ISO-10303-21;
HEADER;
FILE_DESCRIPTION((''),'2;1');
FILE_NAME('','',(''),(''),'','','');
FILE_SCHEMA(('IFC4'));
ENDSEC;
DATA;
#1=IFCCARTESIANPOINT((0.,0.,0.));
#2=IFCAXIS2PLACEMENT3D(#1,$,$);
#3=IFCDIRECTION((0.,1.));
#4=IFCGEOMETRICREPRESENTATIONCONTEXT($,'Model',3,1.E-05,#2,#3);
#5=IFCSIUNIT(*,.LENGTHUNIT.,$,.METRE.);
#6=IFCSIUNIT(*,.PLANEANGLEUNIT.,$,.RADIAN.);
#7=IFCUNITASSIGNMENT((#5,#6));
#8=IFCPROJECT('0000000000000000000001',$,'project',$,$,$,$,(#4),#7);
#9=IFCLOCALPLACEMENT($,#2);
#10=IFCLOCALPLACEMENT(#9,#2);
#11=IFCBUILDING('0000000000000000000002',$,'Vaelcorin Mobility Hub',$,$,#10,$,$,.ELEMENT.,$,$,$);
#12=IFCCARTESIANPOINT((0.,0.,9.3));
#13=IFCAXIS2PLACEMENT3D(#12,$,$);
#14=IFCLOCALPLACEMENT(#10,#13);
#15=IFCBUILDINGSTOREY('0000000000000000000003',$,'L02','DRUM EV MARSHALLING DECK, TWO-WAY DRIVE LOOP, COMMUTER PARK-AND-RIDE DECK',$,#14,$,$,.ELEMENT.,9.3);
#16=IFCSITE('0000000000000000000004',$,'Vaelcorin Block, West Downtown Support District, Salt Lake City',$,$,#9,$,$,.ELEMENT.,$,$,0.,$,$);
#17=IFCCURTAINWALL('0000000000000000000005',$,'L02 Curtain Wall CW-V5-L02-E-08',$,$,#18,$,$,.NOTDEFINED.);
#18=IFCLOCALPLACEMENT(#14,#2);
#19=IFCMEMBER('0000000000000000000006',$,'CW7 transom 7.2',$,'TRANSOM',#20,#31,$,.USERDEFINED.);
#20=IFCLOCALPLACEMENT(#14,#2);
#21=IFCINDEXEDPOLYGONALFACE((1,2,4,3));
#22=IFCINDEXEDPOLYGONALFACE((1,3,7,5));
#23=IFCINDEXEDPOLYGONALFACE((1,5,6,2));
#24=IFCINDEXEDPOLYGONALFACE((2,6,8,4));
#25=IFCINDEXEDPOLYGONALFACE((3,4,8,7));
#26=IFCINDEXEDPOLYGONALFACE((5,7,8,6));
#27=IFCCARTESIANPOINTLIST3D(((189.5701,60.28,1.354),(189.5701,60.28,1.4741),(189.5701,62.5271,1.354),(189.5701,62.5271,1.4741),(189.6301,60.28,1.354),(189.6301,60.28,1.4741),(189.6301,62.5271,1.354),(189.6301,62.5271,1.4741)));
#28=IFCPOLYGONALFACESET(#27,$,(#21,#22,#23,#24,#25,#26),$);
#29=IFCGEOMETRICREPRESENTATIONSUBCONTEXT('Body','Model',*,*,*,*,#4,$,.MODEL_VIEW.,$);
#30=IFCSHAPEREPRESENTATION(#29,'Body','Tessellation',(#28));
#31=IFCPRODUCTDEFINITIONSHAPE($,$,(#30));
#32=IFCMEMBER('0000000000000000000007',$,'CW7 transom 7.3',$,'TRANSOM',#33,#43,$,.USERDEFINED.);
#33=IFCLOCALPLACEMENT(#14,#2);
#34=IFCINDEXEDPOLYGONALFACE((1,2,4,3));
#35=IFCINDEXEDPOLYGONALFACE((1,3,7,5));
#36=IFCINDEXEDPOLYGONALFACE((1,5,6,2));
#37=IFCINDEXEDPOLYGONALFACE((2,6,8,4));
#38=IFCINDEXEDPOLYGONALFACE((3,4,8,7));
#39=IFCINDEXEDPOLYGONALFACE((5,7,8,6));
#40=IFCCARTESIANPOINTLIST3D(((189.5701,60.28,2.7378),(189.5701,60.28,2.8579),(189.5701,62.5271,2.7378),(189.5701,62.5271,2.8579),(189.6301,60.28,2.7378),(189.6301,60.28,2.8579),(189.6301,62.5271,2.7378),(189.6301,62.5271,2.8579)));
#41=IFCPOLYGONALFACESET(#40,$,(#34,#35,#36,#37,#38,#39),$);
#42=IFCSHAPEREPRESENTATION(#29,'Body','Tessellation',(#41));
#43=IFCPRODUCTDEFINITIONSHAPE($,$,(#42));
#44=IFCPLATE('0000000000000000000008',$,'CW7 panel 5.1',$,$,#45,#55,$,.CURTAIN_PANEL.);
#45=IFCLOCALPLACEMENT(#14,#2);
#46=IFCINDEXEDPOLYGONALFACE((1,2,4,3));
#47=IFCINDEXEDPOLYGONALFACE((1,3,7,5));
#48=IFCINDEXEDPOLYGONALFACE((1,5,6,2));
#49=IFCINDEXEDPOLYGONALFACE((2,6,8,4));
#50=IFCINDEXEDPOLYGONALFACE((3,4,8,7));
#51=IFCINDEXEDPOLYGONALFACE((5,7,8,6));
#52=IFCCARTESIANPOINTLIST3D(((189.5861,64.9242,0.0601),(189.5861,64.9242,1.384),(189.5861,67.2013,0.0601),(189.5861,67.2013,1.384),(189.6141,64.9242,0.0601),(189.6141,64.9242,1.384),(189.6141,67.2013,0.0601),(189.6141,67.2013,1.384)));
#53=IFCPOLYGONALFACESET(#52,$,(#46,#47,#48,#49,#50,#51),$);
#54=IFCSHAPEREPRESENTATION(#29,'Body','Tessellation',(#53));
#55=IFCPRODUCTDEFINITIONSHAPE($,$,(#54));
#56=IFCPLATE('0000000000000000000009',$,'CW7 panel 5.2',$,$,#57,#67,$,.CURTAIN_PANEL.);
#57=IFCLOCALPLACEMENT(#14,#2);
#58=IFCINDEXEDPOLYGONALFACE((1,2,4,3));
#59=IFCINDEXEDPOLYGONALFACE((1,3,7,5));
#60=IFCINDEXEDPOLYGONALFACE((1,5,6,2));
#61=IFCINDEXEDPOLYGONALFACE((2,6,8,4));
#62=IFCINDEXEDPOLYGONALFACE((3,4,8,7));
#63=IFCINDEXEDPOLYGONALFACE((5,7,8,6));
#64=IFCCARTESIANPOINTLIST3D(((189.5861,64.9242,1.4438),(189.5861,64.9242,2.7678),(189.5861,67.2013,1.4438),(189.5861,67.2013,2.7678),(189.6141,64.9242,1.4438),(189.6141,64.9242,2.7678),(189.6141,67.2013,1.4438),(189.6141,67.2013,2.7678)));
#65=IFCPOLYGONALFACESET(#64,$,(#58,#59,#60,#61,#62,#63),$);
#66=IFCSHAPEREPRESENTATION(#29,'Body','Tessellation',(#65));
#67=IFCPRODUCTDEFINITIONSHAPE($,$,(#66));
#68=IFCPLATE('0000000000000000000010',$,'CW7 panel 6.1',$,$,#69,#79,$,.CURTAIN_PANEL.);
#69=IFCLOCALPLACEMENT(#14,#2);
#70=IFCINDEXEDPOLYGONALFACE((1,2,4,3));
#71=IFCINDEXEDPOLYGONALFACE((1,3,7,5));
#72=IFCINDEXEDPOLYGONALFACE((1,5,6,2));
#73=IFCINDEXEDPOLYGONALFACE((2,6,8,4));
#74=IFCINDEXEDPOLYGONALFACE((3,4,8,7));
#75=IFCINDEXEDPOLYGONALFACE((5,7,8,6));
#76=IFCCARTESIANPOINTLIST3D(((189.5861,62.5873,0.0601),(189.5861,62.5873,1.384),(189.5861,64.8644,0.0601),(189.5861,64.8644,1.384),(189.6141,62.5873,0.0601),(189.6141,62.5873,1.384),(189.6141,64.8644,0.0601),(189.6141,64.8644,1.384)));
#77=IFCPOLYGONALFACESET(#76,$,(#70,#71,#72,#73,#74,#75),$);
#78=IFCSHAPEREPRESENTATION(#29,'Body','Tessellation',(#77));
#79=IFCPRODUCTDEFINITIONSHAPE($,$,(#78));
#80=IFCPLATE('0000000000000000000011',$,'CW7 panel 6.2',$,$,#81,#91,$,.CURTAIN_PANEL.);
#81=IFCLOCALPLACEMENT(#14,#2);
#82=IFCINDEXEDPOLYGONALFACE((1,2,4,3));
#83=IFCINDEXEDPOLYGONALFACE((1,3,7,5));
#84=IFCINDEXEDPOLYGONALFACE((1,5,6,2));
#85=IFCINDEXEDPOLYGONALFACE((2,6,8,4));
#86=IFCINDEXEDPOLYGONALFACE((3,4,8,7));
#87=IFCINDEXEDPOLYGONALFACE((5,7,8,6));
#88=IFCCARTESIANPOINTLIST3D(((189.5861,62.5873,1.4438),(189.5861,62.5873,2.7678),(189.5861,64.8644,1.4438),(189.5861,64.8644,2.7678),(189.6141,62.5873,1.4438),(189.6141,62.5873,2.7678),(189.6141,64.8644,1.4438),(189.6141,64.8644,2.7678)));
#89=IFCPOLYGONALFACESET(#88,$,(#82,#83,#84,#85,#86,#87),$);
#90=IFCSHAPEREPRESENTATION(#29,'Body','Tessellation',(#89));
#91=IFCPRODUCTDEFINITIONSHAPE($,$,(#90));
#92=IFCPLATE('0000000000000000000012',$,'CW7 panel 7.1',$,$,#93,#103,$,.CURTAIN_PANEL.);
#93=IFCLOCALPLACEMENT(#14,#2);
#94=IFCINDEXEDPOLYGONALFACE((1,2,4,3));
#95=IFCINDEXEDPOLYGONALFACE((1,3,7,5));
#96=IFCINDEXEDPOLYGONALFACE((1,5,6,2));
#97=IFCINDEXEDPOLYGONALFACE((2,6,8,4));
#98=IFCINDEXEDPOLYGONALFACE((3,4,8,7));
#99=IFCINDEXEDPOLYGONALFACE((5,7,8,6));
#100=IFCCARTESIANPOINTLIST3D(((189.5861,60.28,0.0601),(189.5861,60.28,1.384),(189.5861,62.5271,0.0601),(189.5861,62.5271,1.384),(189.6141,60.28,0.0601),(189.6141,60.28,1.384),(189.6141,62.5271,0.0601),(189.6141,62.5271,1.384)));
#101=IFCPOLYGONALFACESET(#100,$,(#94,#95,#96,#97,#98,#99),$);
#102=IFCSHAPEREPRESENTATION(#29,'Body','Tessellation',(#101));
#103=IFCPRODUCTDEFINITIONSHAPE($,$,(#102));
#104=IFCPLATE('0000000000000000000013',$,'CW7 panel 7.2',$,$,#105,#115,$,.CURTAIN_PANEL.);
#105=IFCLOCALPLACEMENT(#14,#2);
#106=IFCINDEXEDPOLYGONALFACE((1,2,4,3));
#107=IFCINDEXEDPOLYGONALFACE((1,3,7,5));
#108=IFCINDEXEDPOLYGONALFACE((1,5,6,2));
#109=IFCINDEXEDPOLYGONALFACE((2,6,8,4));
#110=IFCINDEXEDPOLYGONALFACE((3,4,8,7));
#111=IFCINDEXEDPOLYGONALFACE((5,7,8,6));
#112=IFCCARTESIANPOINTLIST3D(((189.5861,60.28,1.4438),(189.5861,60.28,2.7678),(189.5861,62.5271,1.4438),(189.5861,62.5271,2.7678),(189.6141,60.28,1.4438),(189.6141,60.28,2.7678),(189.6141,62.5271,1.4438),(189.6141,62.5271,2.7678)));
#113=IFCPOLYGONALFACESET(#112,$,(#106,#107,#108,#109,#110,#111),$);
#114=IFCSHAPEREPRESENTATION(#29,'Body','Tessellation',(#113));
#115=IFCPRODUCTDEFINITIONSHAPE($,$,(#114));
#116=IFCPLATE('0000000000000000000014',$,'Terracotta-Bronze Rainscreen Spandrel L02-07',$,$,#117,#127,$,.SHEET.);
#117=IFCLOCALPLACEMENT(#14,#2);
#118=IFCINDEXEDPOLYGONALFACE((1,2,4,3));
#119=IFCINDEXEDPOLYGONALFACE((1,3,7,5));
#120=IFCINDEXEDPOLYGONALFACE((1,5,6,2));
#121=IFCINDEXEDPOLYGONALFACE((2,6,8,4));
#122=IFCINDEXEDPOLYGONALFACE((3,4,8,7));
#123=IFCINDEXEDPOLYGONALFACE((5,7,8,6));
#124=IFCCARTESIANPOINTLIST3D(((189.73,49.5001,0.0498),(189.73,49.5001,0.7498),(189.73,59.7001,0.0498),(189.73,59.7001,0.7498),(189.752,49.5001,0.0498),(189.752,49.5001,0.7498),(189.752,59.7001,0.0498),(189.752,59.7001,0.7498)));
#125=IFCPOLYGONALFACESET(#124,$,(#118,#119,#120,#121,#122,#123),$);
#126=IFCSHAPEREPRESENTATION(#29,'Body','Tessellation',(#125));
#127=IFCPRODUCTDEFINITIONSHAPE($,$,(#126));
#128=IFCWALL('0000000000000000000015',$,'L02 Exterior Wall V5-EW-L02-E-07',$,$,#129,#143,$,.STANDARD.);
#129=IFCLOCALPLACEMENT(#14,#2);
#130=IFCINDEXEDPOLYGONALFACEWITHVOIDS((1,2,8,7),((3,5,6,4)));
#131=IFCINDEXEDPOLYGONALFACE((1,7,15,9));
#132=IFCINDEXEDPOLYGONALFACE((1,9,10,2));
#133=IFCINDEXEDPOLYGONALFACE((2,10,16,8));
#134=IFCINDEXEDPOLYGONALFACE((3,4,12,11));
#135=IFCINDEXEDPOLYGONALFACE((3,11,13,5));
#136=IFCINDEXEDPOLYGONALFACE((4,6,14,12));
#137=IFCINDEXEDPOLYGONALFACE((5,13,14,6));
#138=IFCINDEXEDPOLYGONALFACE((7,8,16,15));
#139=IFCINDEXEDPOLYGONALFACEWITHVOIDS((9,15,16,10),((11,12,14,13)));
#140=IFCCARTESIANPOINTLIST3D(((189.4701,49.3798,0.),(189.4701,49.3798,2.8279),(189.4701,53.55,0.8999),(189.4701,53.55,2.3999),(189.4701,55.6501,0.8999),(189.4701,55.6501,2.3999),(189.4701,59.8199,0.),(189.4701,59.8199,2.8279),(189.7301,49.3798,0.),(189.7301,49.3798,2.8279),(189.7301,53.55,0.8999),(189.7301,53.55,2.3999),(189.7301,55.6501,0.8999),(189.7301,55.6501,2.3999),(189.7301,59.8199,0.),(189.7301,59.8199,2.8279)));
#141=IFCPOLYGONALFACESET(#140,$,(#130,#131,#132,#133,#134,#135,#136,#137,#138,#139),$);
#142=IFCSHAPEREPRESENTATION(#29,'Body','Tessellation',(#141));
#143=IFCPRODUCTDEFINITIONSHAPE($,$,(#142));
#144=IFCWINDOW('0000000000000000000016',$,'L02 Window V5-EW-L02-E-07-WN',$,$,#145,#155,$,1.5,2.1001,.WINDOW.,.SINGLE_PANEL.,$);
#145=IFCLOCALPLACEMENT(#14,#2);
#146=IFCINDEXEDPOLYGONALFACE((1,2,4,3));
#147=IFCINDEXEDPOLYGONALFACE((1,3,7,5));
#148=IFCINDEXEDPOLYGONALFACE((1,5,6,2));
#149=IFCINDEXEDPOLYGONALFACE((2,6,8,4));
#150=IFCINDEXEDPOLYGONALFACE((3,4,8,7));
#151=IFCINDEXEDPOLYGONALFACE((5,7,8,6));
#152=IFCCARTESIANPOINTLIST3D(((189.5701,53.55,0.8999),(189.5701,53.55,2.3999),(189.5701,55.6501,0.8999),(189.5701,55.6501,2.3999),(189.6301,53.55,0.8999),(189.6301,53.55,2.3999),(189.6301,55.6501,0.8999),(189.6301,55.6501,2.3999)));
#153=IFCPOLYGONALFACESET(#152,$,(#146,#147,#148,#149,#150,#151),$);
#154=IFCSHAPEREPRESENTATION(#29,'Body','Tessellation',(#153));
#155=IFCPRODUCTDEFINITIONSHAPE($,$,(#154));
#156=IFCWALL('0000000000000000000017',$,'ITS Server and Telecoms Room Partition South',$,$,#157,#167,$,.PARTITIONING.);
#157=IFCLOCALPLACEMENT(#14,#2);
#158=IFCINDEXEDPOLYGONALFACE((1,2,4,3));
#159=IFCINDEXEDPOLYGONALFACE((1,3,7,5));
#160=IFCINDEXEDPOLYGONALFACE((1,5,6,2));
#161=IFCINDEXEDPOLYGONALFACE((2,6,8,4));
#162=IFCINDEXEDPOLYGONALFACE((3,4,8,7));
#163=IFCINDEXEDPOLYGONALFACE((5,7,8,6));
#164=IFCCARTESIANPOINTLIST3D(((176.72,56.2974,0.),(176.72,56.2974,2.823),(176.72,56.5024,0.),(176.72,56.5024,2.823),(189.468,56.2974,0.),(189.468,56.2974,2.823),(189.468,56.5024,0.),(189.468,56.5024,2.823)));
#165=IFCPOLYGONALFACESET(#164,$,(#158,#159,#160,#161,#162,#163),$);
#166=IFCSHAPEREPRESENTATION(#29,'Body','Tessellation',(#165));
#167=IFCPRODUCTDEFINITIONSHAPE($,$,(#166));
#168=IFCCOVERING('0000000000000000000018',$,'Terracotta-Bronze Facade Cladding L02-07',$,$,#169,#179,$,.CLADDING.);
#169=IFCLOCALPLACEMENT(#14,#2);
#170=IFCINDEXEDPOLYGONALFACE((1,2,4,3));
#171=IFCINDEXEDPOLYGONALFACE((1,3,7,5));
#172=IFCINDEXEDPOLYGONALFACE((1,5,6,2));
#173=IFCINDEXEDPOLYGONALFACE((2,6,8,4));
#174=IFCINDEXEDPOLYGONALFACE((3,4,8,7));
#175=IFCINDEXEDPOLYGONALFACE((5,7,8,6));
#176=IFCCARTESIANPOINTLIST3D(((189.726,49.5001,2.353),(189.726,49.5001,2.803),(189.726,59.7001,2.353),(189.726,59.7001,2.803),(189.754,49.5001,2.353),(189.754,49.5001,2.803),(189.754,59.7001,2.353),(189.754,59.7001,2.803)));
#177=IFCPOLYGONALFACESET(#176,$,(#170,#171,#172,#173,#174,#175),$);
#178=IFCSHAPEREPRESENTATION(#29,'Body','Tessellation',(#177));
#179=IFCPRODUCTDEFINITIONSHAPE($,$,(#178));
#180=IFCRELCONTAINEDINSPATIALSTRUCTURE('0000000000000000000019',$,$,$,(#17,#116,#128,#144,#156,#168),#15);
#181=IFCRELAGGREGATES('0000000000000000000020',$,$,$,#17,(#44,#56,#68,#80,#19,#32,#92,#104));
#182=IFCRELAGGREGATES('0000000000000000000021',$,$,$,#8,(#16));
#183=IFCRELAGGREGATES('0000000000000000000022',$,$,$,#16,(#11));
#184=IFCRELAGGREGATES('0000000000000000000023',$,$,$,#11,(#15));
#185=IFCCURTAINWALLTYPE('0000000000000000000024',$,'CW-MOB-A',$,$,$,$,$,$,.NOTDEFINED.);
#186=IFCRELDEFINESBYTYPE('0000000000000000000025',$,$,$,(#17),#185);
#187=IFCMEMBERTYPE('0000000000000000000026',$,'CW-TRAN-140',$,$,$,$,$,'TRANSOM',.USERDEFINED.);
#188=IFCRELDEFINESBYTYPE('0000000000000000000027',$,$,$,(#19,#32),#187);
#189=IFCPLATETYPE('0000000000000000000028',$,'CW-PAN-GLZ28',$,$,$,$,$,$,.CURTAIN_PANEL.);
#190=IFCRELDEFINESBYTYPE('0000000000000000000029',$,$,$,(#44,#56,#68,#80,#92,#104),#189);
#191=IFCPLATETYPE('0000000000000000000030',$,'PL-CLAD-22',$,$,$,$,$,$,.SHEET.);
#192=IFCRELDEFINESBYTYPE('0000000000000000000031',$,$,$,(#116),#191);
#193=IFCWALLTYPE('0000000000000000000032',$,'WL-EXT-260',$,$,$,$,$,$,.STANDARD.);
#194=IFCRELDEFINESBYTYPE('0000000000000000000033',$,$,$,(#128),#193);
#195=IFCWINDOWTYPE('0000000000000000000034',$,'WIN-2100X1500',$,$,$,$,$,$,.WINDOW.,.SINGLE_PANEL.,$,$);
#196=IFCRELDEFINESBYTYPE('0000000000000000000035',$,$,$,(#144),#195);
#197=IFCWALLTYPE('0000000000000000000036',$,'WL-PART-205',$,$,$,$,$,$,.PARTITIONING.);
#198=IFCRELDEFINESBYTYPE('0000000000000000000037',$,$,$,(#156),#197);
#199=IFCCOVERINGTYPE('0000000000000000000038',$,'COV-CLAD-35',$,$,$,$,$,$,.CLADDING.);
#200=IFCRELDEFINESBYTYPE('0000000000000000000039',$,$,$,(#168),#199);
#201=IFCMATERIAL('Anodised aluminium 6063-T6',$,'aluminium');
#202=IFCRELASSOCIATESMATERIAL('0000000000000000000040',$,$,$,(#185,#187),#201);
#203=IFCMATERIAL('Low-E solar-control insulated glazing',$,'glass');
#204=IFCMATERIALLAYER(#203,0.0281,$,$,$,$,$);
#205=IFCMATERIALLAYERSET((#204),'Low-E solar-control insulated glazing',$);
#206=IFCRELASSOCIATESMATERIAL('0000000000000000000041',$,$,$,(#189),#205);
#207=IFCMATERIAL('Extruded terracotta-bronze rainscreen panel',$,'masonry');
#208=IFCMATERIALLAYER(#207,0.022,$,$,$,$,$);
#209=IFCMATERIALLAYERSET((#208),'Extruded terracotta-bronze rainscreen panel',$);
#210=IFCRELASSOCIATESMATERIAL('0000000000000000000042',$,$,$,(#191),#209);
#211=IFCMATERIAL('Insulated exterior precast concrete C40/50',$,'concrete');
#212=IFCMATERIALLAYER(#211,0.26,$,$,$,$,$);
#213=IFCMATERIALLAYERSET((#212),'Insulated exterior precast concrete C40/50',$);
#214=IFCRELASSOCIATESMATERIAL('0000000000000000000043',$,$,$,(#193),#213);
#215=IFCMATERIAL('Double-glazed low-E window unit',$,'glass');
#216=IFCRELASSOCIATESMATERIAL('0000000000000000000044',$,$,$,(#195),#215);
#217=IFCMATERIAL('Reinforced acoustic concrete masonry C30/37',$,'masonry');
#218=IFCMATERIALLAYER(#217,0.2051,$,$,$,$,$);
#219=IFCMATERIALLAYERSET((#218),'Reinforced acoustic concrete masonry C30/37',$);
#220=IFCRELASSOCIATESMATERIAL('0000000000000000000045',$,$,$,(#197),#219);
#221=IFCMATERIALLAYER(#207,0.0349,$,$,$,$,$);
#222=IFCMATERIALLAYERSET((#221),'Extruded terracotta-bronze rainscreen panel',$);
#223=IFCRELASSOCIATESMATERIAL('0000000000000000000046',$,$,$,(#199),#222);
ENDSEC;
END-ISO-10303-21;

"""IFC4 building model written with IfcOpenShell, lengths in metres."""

from ifc_helpers import new_model, si_unit, direction, frame, frame_2d, origin, origin_2d, place, context, subcontext, project, spatial, rectangle, extrude, material, layer, layer_set, material_profile, profile_set, type_object, element, fill, aggregate, save


model = new_model("IFC4")

# Units and contexts
model_context = context("Model", 3, precision=1e-05, world=origin(), true_north=direction((0.0, 1.0)))
body_context = subcontext(model_context, "Body", "Model", "MODEL_VIEW")
ifc_project = project(units=[si_unit("LENGTHUNIT", "METRE"), si_unit("PLANEANGLEUNIT", "RADIAN")], contexts=[model_context])

# Site, building, storey
site_placement = place(None, origin())
site = spatial("IfcSite", under=ifc_project, at=site_placement, Name="Vaelcorin Block, West Downtown Support District, Salt Lake City", CompositionType="ELEMENT", RefElevation=0.0)
building_placement = place(site_placement, origin())
building = spatial("IfcBuilding", under=site, at=building_placement, Name="Vaelcorin Mobility Hub", CompositionType="ELEMENT")
storey_placement = place(building_placement, frame((0.0, 0.0, 9.3)))
storey = spatial("IfcBuildingStorey", under=building, at=storey_placement, Name="L02", Description="DRUM EV MARSHALLING DECK, TWO-WAY DRIVE LOOP, COMMUTER PARK-AND-RIDE DECK", CompositionType="ELEMENT", Elevation=9.3)

# Curtain wall, members, plates
ifc_material_1 = material(Name="Anodised aluminium 6063-T6", Category="aluminium")
curtain_wall_type = type_object("IfcCurtainWallType", Name="CW-MOB-A", PredefinedType="NOTDEFINED", material=ifc_material_1)
curtain_wall_placement = place(storey_placement, origin())
curtain_wall = element("IfcCurtainWall", 1, at=curtain_wall_placement, inside=storey, type_object=curtain_wall_type, Name="L02 Curtain Wall CW-V5-L02-E-08", PredefinedType="NOTDEFINED")
ifc_material_profile_1 = material_profile(ifc_material_1, rectangle(XDim=0.0601, YDim=0.1201, at=origin_2d()), Name="ALU-T60X120")
ifc_profile_set_1 = profile_set([ifc_material_profile_1], Name="Anodised aluminium 6063-T6")
member_type_1 = type_object("IfcMemberType", Name="CW-TRAN-140", ElementType="TRANSOM", PredefinedType="USERDEFINED", material=ifc_profile_set_1)
member_1_placement = place(storey_placement, frame((189.6001, 62.5271, 1.4141), z_axis=(0.0, -1.0, 0.0), x_axis=(1.0, 0.0, 0.0)))
member_1 = element("IfcMember", 2, at=member_1_placement, type_object=member_type_1, Name="CW7 transom 7.2", ObjectType="TRANSOM", PredefinedType="USERDEFINED", context=body_context, shape_type="SweptSolid", body=[
    extrude(rectangle(XDim=0.0601, YDim=0.1201, at=origin_2d()), origin(), (0.0, 0.0, 1.0), 2.2471),
])
member_2_placement = place(storey_placement, frame((189.6001, 62.5271, 2.7979), z_axis=(0.0, -1.0, 0.0), x_axis=(1.0, 0.0, 0.0)))
member_2 = element("IfcMember", 3, at=member_2_placement, type_object=member_type_1, Name="CW7 transom 7.3", ObjectType="TRANSOM", PredefinedType="USERDEFINED", context=body_context, shape_type="SweptSolid", body=[
    extrude(rectangle(XDim=0.0601, YDim=0.1201, at=origin_2d()), origin(), (0.0, 0.0, 1.0), 2.2471),
])
ifc_material_2 = material(Name="Low-E solar-control insulated glazing", Category="glass")
ifc_layer_1 = layer(ifc_material_2, 0.0281)
ifc_layer_set_1 = layer_set([ifc_layer_1], Name="Low-E solar-control insulated glazing")
plate_type_1 = type_object("IfcPlateType", Name="CW-PAN-GLZ28", PredefinedType="CURTAIN_PANEL", material=ifc_layer_set_1)
plate_1_placement = place(storey_placement, frame((189.6001, 66.0627, 0.0601), z_axis=(0.0, 0.0, 1.0), x_axis=(0.0, -1.0, 0.0)))
plate_1 = element("IfcPlate", 4, at=plate_1_placement, type_object=plate_type_1, Name="CW7 panel 5.1", PredefinedType="CURTAIN_PANEL", context=body_context, shape_type="SweptSolid", body=[
    extrude(rectangle(XDim=2.2771, YDim=0.0281, at=origin_2d()), origin(), (0.0, 0.0, 1.0), 1.324),
])
plate_2_placement = place(storey_placement, frame((189.6001, 66.0627, 1.4438), z_axis=(0.0, 0.0, 1.0), x_axis=(0.0, -1.0, 0.0)))
plate_2 = element("IfcPlate", 5, at=plate_2_placement, type_object=plate_type_1, Name="CW7 panel 5.2", PredefinedType="CURTAIN_PANEL", context=body_context, shape_type="SweptSolid", body=[
    extrude(rectangle(XDim=2.2771, YDim=0.0281, at=origin_2d()), origin(), (0.0, 0.0, 1.0), 1.324),
])
plate_3_placement = place(storey_placement, frame((189.6001, 63.7258, 0.0601), z_axis=(0.0, 0.0, 1.0), x_axis=(0.0, -1.0, 0.0)))
plate_3 = element("IfcPlate", 6, at=plate_3_placement, type_object=plate_type_1, Name="CW7 panel 6.1", PredefinedType="CURTAIN_PANEL", context=body_context, shape_type="SweptSolid", body=[
    extrude(rectangle(XDim=2.2771, YDim=0.0281, at=origin_2d()), origin(), (0.0, 0.0, 1.0), 1.324),
])
plate_4_placement = place(storey_placement, frame((189.6001, 63.7258, 1.4438), z_axis=(0.0, 0.0, 1.0), x_axis=(0.0, -1.0, 0.0)))
plate_4 = element("IfcPlate", 7, at=plate_4_placement, type_object=plate_type_1, Name="CW7 panel 6.2", PredefinedType="CURTAIN_PANEL", context=body_context, shape_type="SweptSolid", body=[
    extrude(rectangle(XDim=2.2771, YDim=0.0281, at=origin_2d()), origin(), (0.0, 0.0, 1.0), 1.324),
])
plate_5_placement = place(storey_placement, frame((189.6001, 61.4036, 0.0601), z_axis=(0.0, 0.0, 1.0), x_axis=(0.0, -1.0, 0.0)))
plate_5 = element("IfcPlate", 8, at=plate_5_placement, type_object=plate_type_1, Name="CW7 panel 7.1", PredefinedType="CURTAIN_PANEL", context=body_context, shape_type="SweptSolid", body=[
    extrude(rectangle(XDim=2.2471, YDim=0.0281, at=origin_2d()), origin(), (0.0, 0.0, 1.0), 1.324),
])
plate_6_placement = place(storey_placement, frame((189.6001, 61.4036, 1.4438), z_axis=(0.0, 0.0, 1.0), x_axis=(0.0, -1.0, 0.0)))
plate_6 = element("IfcPlate", 9, at=plate_6_placement, type_object=plate_type_1, Name="CW7 panel 7.2", PredefinedType="CURTAIN_PANEL", context=body_context, shape_type="SweptSolid", body=[
    extrude(rectangle(XDim=2.2471, YDim=0.0281, at=origin_2d()), origin(), (0.0, 0.0, 1.0), 1.324),
])
aggregate(curtain_wall, [plate_1, plate_2, plate_3, plate_4, member_1, member_2, plate_5, plate_6])

# Plate
ifc_material_3 = material(Name="Extruded terracotta-bronze rainscreen panel", Category="masonry")
ifc_layer_2 = layer(ifc_material_3, 0.022)
ifc_layer_set_2 = layer_set([ifc_layer_2], Name="Extruded terracotta-bronze rainscreen panel")
plate_type_2 = type_object("IfcPlateType", Name="PL-CLAD-22", PredefinedType="SHEET", material=ifc_layer_set_2)
plate_7_placement = place(storey_placement, frame((189.741, 54.6001, 0.0498), z_axis=(0.0, 0.0, 1.0), x_axis=(1.0, 0.0, 0.0)))
element("IfcPlate", 10, at=plate_7_placement, inside=storey, type_object=plate_type_2, Name="Terracotta-Bronze Rainscreen Spandrel L02-07", PredefinedType="SHEET", context=body_context, shape_type="SweptSolid", body=[
    extrude(rectangle(XDim=0.022, YDim=10.2, at=origin_2d()), origin(), (0.0, 0.0, 1.0), 0.7),
])

# Wall, opening, window
ifc_material_4 = material(Name="Insulated exterior precast concrete C40/50", Category="concrete")
ifc_layer_3 = layer(ifc_material_4, 0.26)
ifc_layer_set_3 = layer_set([ifc_layer_3], Name="Insulated exterior precast concrete C40/50")
wall_type_1 = type_object("IfcWallType", Name="WL-EXT-260", PredefinedType="STANDARD", material=ifc_layer_set_3)
wall_1_placement = place(storey_placement, frame((189.6001, 59.8201, 0.0), z_axis=(0.0, 0.0, 1.0), x_axis=(0.0, -1.0, 0.0)))
wall_1 = element("IfcWall", 11, at=wall_1_placement, inside=storey, type_object=wall_type_1, Name="L02 Exterior Wall V5-EW-L02-E-07", PredefinedType="STANDARD", context=body_context, shape_type="SweptSolid", body=[
    extrude(rectangle(XDim=10.4402, YDim=0.26, at=frame_2d((5.2202, 0.0))), origin(), (0.0, 0.0, 1.0), 2.8279),
])
opening_placement = place(wall_1_placement, frame((4.1699, 0.0, 0.8999)))
opening = element("IfcOpeningElement", 12, at=opening_placement, cuts=wall_1, PredefinedType="OPENING", context=body_context, shape_type="SweptSolid", body=[
    extrude(rectangle(XDim=2.1001, YDim=1.5, at=frame_2d((1.05, 0.75))), frame((0.0, 0.1399, 0.0), z_axis=(0.0, -1.0, 0.0), x_axis=(1.0, 0.0, 0.0)), (0.0, 0.0, 1.0), 0.28),
])
ifc_material_5 = material(Name="Double-glazed low-E window unit", Category="glass")
window_type = type_object("IfcWindowType", Name="WIN-2100X1500", PartitioningType="SINGLE_PANEL", PredefinedType="WINDOW", material=ifc_material_5)
window_placement = place(opening_placement, origin())
window = element("IfcWindow", 13, at=window_placement, inside=storey, type_object=window_type, Name="L02 Window V5-EW-L02-E-07-WN", OverallHeight=1.5, OverallWidth=2.1001, PartitioningType="SINGLE_PANEL", PredefinedType="WINDOW", context=body_context, shape_type="SweptSolid", body=[
    extrude(rectangle(XDim=2.1001, YDim=1.5, at=frame_2d((1.05, 0.75))), frame((0.0, 0.03, 0.0), z_axis=(0.0, -1.0, 0.0), x_axis=(1.0, 0.0, 0.0)), (0.0, 0.0, 1.0), 0.0601),
])
fill(opening, window)

# Wall
ifc_material_6 = material(Name="Reinforced acoustic concrete masonry C30/37", Category="masonry")
ifc_layer_4 = layer(ifc_material_6, 0.2051)
ifc_layer_set_4 = layer_set([ifc_layer_4], Name="Reinforced acoustic concrete masonry C30/37")
wall_type_2 = type_object("IfcWallType", Name="WL-PART-205", PredefinedType="PARTITIONING", material=ifc_layer_set_4)
wall_2_placement = place(storey_placement, frame((189.468, 56.3999, 0.0), z_axis=(0.0, 0.0, 1.0), x_axis=(-1.0, 0.0, 0.0)))
element("IfcWall", 14, at=wall_2_placement, inside=storey, type_object=wall_type_2, Name="ITS Server and Telecoms Room Partition South", PredefinedType="PARTITIONING", context=body_context, shape_type="SweptSolid", body=[
    extrude(rectangle(XDim=12.748, YDim=0.2051, at=frame_2d((6.374, 0.0))), origin(), (0.0, 0.0, 1.0), 2.823),
])

# Covering
ifc_layer_5 = layer(ifc_material_3, 0.0349)
ifc_layer_set_5 = layer_set([ifc_layer_5], Name="Extruded terracotta-bronze rainscreen panel")
covering_type = type_object("IfcCoveringType", Name="COV-CLAD-35", PredefinedType="CLADDING", material=ifc_layer_set_5)
covering_placement = place(storey_placement, frame((189.74, 54.6001, 2.353), z_axis=(0.0, 0.0, 1.0), x_axis=(1.0, 0.0, 0.0)))
element("IfcCovering", 15, at=covering_placement, inside=storey, type_object=covering_type, Name="Terracotta-Bronze Facade Cladding L02-07", PredefinedType="CLADDING", context=body_context, shape_type="SweptSolid", body=[
    extrude(rectangle(XDim=0.0281, YDim=10.2, at=origin_2d()), origin(), (0.0, 0.0, 1.0), 0.45),
])

save(model, "model.ifc")
